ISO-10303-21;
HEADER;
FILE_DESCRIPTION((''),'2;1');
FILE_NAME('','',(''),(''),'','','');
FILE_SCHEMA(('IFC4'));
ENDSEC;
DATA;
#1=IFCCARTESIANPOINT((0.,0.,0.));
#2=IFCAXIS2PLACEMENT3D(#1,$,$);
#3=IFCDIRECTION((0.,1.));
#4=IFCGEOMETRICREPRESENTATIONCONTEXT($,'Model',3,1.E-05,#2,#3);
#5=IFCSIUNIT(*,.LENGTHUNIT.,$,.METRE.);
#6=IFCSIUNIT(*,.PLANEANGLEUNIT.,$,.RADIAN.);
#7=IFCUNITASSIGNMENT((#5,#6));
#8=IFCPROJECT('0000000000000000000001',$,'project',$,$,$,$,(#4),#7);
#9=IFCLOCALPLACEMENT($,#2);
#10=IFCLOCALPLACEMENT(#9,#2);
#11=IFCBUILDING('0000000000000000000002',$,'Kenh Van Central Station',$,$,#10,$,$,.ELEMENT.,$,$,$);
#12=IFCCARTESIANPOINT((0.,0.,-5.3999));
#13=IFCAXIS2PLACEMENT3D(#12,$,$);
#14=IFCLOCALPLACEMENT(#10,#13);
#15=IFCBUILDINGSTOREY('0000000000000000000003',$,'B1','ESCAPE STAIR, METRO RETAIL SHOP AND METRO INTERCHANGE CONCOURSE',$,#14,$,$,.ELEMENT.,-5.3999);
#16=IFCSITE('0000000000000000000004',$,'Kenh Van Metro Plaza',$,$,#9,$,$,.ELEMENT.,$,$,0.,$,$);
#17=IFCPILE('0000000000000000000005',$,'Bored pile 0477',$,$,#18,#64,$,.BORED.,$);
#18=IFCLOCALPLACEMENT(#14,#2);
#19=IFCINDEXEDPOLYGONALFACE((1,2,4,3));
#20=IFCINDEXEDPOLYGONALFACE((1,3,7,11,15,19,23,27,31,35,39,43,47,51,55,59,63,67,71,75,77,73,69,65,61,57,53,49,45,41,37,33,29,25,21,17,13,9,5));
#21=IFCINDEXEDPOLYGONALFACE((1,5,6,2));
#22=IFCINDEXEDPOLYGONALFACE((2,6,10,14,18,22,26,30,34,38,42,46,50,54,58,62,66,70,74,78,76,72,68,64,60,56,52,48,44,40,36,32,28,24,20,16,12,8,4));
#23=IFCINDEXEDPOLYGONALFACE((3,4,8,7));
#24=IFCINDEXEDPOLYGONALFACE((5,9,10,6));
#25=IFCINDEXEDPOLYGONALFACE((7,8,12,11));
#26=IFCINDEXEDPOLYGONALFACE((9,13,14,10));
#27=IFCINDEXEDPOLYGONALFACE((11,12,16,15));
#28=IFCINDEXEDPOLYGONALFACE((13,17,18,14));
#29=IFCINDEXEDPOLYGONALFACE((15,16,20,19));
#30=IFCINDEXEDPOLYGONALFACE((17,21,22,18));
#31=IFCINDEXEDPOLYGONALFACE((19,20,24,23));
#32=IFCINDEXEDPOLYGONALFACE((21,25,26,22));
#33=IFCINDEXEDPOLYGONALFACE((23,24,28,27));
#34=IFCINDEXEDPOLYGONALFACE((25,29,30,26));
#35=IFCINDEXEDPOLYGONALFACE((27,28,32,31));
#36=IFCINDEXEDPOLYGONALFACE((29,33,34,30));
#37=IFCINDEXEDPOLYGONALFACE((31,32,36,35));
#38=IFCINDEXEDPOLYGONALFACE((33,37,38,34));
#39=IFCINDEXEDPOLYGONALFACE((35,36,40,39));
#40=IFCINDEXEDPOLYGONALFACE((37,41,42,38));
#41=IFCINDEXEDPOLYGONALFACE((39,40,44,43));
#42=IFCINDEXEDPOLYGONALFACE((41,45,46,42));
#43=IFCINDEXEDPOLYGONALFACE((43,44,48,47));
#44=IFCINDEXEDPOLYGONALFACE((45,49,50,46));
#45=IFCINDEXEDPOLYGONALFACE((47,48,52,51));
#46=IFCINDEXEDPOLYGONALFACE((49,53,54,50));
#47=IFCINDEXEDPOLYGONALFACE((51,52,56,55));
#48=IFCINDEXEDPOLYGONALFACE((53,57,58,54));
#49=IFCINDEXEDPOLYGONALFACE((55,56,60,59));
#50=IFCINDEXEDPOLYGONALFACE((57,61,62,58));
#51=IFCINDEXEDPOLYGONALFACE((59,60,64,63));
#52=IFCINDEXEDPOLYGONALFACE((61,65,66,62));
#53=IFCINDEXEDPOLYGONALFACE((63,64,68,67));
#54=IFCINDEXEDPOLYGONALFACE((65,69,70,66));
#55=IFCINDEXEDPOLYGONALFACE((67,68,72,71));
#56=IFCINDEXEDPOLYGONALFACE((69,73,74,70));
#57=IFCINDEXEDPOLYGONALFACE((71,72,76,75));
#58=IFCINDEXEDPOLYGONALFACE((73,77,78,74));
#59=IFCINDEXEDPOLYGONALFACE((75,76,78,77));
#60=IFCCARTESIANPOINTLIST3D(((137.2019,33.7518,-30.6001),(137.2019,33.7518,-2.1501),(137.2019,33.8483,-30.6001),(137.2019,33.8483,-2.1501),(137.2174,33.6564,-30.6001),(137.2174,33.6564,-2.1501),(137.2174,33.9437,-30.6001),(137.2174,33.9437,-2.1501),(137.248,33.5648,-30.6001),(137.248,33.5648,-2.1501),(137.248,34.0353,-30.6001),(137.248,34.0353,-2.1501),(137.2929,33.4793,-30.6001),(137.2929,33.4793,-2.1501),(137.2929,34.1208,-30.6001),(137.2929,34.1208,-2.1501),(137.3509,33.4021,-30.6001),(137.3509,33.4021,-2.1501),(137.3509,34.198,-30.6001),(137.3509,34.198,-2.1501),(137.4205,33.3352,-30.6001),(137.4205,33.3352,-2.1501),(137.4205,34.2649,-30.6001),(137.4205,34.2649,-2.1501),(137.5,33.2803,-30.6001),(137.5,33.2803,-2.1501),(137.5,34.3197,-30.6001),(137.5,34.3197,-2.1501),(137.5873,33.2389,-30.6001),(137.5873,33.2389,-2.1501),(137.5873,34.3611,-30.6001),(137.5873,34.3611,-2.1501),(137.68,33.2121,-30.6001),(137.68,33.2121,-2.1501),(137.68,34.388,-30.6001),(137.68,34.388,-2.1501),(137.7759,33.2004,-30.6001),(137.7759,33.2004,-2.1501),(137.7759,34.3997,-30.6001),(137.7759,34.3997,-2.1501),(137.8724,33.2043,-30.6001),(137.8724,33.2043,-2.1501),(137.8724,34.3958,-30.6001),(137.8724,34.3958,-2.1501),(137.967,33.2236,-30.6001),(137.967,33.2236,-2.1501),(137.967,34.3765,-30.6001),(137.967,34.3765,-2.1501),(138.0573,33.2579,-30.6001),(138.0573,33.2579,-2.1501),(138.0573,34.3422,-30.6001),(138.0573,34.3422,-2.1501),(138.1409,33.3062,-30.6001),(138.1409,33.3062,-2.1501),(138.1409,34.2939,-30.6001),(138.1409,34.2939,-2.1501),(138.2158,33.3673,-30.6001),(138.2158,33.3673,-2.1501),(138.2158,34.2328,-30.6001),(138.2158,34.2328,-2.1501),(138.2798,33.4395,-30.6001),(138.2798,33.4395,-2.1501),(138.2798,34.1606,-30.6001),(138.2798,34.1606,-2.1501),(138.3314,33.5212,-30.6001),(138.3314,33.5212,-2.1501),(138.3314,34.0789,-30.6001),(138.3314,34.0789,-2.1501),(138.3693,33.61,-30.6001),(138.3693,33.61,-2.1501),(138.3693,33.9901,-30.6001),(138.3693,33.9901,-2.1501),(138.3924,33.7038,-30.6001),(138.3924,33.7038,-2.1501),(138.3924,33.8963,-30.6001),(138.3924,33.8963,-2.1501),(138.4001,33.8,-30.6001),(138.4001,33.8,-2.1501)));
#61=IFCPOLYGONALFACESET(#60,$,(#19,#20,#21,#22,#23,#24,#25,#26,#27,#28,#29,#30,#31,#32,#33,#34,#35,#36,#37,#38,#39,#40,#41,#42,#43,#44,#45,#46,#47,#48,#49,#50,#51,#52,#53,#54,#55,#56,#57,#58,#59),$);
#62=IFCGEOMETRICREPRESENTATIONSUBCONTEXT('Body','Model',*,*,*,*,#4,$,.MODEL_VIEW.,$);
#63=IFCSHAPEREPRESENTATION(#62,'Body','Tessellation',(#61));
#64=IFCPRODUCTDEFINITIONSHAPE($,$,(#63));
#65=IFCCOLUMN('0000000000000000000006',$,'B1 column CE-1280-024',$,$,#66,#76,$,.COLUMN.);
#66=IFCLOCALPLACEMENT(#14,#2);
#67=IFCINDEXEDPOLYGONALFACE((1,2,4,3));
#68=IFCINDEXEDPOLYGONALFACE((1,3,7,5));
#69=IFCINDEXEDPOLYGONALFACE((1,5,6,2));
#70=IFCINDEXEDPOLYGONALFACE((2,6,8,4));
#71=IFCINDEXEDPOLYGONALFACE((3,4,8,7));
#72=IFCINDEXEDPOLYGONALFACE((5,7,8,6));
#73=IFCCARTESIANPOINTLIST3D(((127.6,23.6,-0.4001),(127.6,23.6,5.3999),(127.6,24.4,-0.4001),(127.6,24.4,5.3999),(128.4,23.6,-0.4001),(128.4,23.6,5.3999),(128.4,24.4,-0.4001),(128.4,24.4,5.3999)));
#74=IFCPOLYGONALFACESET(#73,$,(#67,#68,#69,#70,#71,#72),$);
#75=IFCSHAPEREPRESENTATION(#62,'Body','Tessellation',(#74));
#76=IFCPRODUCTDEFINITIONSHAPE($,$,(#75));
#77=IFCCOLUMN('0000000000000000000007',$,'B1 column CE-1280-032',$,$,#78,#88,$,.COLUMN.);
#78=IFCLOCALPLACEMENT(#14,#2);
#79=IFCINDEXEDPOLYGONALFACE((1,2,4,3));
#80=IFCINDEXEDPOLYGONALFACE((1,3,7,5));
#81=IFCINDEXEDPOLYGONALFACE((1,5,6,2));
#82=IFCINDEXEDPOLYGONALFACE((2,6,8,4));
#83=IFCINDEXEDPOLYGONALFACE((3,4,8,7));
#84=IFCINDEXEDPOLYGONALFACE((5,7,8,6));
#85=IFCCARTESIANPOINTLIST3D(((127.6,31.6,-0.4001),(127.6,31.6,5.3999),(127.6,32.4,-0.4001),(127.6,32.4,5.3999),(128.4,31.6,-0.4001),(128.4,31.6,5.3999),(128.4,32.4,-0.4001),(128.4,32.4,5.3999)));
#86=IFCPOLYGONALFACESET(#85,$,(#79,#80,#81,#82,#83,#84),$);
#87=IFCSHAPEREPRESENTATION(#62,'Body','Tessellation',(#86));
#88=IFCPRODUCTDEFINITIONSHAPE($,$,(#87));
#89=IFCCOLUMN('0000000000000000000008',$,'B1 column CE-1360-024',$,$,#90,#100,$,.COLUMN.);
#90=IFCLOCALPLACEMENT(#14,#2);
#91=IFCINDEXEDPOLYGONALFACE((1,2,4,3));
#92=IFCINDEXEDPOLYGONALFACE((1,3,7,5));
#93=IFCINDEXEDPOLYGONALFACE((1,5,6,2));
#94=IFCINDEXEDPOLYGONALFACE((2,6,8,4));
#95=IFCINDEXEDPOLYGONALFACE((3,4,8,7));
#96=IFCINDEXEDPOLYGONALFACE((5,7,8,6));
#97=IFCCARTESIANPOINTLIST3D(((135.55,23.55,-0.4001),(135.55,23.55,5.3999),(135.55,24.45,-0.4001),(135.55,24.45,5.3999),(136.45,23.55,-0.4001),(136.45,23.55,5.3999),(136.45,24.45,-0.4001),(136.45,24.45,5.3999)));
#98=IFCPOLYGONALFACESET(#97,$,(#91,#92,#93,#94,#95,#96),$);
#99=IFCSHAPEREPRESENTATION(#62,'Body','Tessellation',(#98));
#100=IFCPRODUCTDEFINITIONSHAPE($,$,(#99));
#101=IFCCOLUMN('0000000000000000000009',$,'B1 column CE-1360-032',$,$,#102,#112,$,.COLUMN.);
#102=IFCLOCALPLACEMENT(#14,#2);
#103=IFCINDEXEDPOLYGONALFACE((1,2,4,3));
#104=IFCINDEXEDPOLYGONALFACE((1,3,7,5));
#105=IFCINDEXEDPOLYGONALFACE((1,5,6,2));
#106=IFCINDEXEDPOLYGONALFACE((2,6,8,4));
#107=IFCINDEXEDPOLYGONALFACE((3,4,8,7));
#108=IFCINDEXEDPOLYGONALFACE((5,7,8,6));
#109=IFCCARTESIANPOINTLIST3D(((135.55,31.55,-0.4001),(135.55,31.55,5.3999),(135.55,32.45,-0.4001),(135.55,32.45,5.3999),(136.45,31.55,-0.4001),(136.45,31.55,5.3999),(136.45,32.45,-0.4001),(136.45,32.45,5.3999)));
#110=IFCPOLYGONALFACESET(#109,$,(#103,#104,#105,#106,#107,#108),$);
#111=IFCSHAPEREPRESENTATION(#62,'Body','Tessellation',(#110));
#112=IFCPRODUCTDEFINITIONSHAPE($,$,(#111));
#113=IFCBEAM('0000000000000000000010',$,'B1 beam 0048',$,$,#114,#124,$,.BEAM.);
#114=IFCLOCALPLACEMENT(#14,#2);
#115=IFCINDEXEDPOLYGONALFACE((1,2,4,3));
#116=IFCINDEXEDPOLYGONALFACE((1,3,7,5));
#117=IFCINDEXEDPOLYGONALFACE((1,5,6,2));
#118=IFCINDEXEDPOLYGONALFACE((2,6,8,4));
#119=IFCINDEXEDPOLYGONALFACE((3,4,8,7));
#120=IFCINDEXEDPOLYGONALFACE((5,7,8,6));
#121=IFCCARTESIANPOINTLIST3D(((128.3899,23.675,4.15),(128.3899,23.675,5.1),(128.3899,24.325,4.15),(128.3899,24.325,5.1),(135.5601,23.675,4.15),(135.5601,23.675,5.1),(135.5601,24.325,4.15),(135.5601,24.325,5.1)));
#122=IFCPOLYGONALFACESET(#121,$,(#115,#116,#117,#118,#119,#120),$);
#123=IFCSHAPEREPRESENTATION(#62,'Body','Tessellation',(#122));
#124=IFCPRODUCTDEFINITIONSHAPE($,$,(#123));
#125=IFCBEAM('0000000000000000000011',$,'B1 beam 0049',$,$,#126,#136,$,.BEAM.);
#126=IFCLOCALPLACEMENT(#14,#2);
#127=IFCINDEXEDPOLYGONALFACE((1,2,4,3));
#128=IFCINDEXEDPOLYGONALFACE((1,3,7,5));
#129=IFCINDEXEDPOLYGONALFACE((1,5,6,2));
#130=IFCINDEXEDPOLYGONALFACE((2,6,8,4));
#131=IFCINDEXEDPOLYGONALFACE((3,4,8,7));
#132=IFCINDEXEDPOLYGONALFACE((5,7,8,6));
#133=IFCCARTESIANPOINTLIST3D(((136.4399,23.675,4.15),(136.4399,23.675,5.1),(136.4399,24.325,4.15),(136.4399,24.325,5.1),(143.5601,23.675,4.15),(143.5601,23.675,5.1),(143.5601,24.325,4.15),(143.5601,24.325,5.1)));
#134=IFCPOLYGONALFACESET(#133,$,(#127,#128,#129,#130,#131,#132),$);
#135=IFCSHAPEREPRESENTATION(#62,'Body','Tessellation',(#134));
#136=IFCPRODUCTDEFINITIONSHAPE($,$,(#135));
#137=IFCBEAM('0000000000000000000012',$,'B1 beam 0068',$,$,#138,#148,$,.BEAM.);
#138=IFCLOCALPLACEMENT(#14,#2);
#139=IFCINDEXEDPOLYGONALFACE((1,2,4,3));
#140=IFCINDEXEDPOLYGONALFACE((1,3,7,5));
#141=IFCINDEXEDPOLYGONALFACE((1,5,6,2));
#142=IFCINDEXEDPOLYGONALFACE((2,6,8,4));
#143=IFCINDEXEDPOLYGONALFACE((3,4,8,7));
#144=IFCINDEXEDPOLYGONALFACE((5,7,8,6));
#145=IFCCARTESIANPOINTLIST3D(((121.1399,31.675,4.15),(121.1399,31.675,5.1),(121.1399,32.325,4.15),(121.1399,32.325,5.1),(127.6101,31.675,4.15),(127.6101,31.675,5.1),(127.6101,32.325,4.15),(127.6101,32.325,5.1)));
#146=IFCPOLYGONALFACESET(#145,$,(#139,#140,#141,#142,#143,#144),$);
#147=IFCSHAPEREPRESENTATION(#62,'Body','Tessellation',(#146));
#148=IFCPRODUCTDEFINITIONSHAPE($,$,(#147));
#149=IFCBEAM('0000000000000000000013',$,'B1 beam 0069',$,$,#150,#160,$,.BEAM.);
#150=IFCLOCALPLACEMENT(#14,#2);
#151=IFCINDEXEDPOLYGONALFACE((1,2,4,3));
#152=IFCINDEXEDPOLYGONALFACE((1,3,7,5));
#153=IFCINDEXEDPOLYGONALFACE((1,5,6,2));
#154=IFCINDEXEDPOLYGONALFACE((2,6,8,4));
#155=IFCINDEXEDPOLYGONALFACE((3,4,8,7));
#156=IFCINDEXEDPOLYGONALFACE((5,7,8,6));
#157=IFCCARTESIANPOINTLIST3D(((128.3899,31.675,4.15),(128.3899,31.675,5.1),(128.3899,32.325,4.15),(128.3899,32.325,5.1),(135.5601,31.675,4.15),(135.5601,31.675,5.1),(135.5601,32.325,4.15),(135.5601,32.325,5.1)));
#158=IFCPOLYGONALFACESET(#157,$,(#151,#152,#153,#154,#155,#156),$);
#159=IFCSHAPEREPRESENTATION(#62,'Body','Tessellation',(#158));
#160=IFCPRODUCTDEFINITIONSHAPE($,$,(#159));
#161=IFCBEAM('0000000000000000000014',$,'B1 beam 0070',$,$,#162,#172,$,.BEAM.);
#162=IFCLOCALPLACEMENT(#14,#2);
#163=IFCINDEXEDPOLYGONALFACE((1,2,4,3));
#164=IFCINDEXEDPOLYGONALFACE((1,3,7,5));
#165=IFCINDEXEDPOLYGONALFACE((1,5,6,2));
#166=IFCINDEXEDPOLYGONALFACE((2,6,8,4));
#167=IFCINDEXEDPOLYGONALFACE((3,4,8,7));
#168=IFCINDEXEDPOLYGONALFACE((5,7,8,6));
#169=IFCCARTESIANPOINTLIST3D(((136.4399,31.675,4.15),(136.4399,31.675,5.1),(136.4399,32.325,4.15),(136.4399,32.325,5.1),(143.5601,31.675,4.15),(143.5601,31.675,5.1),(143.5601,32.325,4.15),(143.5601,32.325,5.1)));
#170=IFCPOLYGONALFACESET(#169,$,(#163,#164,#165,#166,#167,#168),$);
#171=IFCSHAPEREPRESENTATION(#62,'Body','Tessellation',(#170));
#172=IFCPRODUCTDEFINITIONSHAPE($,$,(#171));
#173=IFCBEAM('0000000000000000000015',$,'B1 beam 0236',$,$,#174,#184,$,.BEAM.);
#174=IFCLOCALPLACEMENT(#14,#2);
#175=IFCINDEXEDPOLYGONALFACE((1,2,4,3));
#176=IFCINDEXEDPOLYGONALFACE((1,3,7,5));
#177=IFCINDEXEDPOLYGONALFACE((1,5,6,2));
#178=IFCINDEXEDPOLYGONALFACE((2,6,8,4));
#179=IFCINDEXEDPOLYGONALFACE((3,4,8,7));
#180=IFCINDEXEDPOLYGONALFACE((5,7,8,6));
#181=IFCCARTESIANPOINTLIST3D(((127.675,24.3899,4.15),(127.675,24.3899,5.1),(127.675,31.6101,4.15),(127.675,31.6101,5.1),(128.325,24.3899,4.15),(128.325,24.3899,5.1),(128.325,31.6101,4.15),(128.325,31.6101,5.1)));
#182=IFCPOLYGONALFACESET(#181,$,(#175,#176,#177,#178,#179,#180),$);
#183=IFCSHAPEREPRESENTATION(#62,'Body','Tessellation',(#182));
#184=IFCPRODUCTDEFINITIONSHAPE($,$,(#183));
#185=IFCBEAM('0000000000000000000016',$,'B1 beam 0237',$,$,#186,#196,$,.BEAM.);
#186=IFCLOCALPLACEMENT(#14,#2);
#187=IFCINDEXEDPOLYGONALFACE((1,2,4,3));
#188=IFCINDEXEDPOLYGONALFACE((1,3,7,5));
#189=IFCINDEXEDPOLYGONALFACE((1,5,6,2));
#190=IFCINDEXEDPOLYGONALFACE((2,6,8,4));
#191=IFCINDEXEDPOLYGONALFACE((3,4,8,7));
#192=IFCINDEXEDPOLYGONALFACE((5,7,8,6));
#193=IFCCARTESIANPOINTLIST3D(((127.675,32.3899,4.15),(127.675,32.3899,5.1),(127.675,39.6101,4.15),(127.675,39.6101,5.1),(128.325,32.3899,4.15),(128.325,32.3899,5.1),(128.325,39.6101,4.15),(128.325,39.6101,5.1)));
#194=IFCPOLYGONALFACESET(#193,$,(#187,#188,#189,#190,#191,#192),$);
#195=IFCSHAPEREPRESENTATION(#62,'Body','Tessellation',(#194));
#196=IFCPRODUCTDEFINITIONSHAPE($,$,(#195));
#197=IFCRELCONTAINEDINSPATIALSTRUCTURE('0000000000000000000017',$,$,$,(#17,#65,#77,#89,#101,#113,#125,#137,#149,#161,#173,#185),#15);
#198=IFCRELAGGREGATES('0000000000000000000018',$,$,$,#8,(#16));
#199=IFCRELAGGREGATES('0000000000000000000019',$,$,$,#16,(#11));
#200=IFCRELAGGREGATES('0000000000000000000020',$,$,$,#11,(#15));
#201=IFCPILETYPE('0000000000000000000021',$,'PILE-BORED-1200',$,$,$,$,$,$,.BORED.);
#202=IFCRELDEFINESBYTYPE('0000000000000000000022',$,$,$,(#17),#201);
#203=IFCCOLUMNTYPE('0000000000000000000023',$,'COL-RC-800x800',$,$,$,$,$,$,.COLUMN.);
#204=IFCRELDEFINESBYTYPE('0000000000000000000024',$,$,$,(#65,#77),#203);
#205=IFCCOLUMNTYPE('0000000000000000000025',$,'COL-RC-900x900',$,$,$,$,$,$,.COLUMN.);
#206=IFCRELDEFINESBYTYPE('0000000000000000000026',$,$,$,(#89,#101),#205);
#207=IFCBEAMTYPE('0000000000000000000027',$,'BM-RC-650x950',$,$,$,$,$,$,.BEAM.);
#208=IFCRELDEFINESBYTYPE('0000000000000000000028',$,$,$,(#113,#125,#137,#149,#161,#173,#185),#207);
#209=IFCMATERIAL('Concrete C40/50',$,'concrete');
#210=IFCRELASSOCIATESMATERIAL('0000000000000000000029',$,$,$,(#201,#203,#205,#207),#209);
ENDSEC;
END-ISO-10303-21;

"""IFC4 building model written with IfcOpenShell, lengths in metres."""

from ifc_helpers import new_model, si_unit, direction, frame, origin, origin_2d, place, context, subcontext, project, spatial, rectangle, circle, extrude, material, material_profile, profile_set, type_object, element, save


model = new_model("IFC4")

# Units and contexts
model_context = context("Model", 3, precision=1e-05, world=origin(), true_north=direction((0.0, 1.0)))
body_context = subcontext(model_context, "Body", "Model", "MODEL_VIEW")
ifc_project = project(units=[si_unit("LENGTHUNIT", "METRE"), si_unit("PLANEANGLEUNIT", "RADIAN")], contexts=[model_context])

# Site, building, storey
site_placement = place(None, origin())
site = spatial("IfcSite", under=ifc_project, at=site_placement, Name="Kenh Van Metro Plaza", CompositionType="ELEMENT", RefElevation=0.0)
building_placement = place(site_placement, origin())
building = spatial("IfcBuilding", under=site, at=building_placement, Name="Kenh Van Central Station", CompositionType="ELEMENT")
storey_placement = place(building_placement, frame((0.0, 0.0, -5.3999)))
storey = spatial("IfcBuildingStorey", under=building, at=storey_placement, Name="B1", Description="ESCAPE STAIR, METRO RETAIL SHOP AND METRO INTERCHANGE CONCOURSE", CompositionType="ELEMENT", Elevation=-5.3999)

# Shared definitions
ifc_material_1 = material(Name="Concrete C40/50", Category="concrete")

# Pile
ifc_material_profile_1 = material_profile(ifc_material_1, circle(Radius=0.6001, at=origin_2d()), Name="PILE D1200")
ifc_profile_set_1 = profile_set([ifc_material_profile_1], Name="Concrete C40/50")
pile_type_1 = type_object("IfcPileType", Name="PILE-BORED-1200", PredefinedType="BORED", material=ifc_profile_set_1)
for number, where, z_axis, x_axis, name in (
    (1, (137.8, 33.8, -2.1501), (0.0, 0.0, -1.0), (1.0, 0.0, 0.0), "Bored pile 0477"),
):
    element("IfcPile", number, at=place(storey_placement, frame(where, z_axis=z_axis, x_axis=x_axis)), inside=storey, type_object=pile_type_1, Name=name, PredefinedType="BORED", context=body_context, shape_type="SweptSolid", body=[
        extrude(circle(Radius=0.6001, at=origin_2d()), origin(), (0.0, 0.0, 1.0), 28.45),
    ])

# Columns
ifc_material_profile_2 = material_profile(ifc_material_1, rectangle(XDim=0.8, YDim=0.8, at=origin_2d()), Name="RC 800x800")
ifc_profile_set_2 = profile_set([ifc_material_profile_2], Name="Concrete C40/50")
column_type_1 = type_object("IfcColumnType", Name="COL-RC-800x800", PredefinedType="COLUMN", material=ifc_profile_set_2)
for number, where, z_axis, x_axis, name in (
    (2, (128.0, 24.0, -0.4001), (0.0, 0.0, 1.0), (1.0, 0.0, 0.0), "B1 column CE-1280-024"),
    (3, (128.0, 32.0, -0.4001), (0.0, 0.0, 1.0), (1.0, 0.0, 0.0), "B1 column CE-1280-032"),
):
    element("IfcColumn", number, at=place(storey_placement, frame(where, z_axis=z_axis, x_axis=x_axis)), inside=storey, type_object=column_type_1, Name=name, PredefinedType="COLUMN", context=body_context, shape_type="SweptSolid", body=[
        extrude(rectangle(XDim=0.8, YDim=0.8, at=origin_2d()), origin(), (0.0, 0.0, 1.0), 5.8),
    ])
ifc_material_profile_3 = material_profile(ifc_material_1, rectangle(XDim=0.8999, YDim=0.8999, at=origin_2d()), Name="RC 900x900")
ifc_profile_set_3 = profile_set([ifc_material_profile_3], Name="Concrete C40/50")
column_type_2 = type_object("IfcColumnType", Name="COL-RC-900x900", PredefinedType="COLUMN", material=ifc_profile_set_3)
for number, where, z_axis, x_axis, name in (
    (4, (136.0, 24.0, -0.4001), (0.0, 0.0, 1.0), (1.0, 0.0, 0.0), "B1 column CE-1360-024"),
    (5, (136.0, 32.0, -0.4001), (0.0, 0.0, 1.0), (1.0, 0.0, 0.0), "B1 column CE-1360-032"),
):
    element("IfcColumn", number, at=place(storey_placement, frame(where, z_axis=z_axis, x_axis=x_axis)), inside=storey, type_object=column_type_2, Name=name, PredefinedType="COLUMN", context=body_context, shape_type="SweptSolid", body=[
        extrude(rectangle(XDim=0.8999, YDim=0.8999, at=origin_2d()), origin(), (0.0, 0.0, 1.0), 5.8),
    ])

# Beams
ifc_material_profile_4 = material_profile(ifc_material_1, rectangle(XDim=0.6499, YDim=0.95, at=origin_2d()), Name="RC 650x950")
ifc_profile_set_4 = profile_set([ifc_material_profile_4], Name="Concrete C40/50")
beam_type_1 = type_object("IfcBeamType", Name="BM-RC-650x950", PredefinedType="BEAM", material=ifc_profile_set_4)
beam_1_placement = place(storey_placement, frame((128.3899, 24.0, 4.625), z_axis=(1.0, 0.0, 0.0), x_axis=(0.0, 1.0, 0.0)))
element("IfcBeam", 6, at=beam_1_placement, inside=storey, type_object=beam_type_1, Name="B1 beam 0048", PredefinedType="BEAM", context=body_context, shape_type="SweptSolid", body=[
    extrude(rectangle(XDim=0.6499, YDim=0.95, at=origin_2d()), origin(), (0.0, 0.0, 1.0), 7.1702),
])
beam_2_placement = place(storey_placement, frame((136.4399, 24.0, 4.625), z_axis=(1.0, 0.0, 0.0), x_axis=(0.0, 1.0, 0.0)))
element("IfcBeam", 7, at=beam_2_placement, inside=storey, type_object=beam_type_1, Name="B1 beam 0049", PredefinedType="BEAM", context=body_context, shape_type="SweptSolid", body=[
    extrude(rectangle(XDim=0.6499, YDim=0.95, at=origin_2d()), origin(), (0.0, 0.0, 1.0), 7.1201),
])
beam_3_placement = place(storey_placement, frame((121.1399, 32.0, 4.625), z_axis=(1.0, 0.0, 0.0), x_axis=(0.0, 1.0, 0.0)))
element("IfcBeam", 8, at=beam_3_placement, inside=storey, type_object=beam_type_1, Name="B1 beam 0068", PredefinedType="BEAM", context=body_context, shape_type="SweptSolid", body=[
    extrude(rectangle(XDim=0.6499, YDim=0.95, at=origin_2d()), origin(), (0.0, 0.0, 1.0), 6.4702),
])
beam_4_placement = place(storey_placement, frame((128.3899, 32.0, 4.625), z_axis=(1.0, 0.0, 0.0), x_axis=(0.0, 1.0, 0.0)))
element("IfcBeam", 9, at=beam_4_placement, inside=storey, type_object=beam_type_1, Name="B1 beam 0069", PredefinedType="BEAM", context=body_context, shape_type="SweptSolid", body=[
    extrude(rectangle(XDim=0.6499, YDim=0.95, at=origin_2d()), origin(), (0.0, 0.0, 1.0), 7.1702),
])
beam_5_placement = place(storey_placement, frame((136.4399, 32.0, 4.625), z_axis=(1.0, 0.0, 0.0), x_axis=(0.0, 1.0, 0.0)))
element("IfcBeam", 10, at=beam_5_placement, inside=storey, type_object=beam_type_1, Name="B1 beam 0070", PredefinedType="BEAM", context=body_context, shape_type="SweptSolid", body=[
    extrude(rectangle(XDim=0.6499, YDim=0.95, at=origin_2d()), origin(), (0.0, 0.0, 1.0), 7.1201),
])
for number, where, z_axis, x_axis, name in (
    (11, (128.0, 24.3899, 4.625), (0.0, 1.0, 0.0), (-1.0, 0.0, 0.0), "B1 beam 0236"),
    (12, (128.0, 32.3899, 4.625), (0.0, 1.0, 0.0), (-1.0, 0.0, 0.0), "B1 beam 0237"),
):
    element("IfcBeam", number, at=place(storey_placement, frame(where, z_axis=z_axis, x_axis=x_axis)), inside=storey, type_object=beam_type_1, Name=name, PredefinedType="BEAM", context=body_context, shape_type="SweptSolid", body=[
        extrude(rectangle(XDim=0.6499, YDim=0.95, at=origin_2d()), origin(), (0.0, 0.0, 1.0), 7.2202),
    ])

save(model, "model.ifc")
